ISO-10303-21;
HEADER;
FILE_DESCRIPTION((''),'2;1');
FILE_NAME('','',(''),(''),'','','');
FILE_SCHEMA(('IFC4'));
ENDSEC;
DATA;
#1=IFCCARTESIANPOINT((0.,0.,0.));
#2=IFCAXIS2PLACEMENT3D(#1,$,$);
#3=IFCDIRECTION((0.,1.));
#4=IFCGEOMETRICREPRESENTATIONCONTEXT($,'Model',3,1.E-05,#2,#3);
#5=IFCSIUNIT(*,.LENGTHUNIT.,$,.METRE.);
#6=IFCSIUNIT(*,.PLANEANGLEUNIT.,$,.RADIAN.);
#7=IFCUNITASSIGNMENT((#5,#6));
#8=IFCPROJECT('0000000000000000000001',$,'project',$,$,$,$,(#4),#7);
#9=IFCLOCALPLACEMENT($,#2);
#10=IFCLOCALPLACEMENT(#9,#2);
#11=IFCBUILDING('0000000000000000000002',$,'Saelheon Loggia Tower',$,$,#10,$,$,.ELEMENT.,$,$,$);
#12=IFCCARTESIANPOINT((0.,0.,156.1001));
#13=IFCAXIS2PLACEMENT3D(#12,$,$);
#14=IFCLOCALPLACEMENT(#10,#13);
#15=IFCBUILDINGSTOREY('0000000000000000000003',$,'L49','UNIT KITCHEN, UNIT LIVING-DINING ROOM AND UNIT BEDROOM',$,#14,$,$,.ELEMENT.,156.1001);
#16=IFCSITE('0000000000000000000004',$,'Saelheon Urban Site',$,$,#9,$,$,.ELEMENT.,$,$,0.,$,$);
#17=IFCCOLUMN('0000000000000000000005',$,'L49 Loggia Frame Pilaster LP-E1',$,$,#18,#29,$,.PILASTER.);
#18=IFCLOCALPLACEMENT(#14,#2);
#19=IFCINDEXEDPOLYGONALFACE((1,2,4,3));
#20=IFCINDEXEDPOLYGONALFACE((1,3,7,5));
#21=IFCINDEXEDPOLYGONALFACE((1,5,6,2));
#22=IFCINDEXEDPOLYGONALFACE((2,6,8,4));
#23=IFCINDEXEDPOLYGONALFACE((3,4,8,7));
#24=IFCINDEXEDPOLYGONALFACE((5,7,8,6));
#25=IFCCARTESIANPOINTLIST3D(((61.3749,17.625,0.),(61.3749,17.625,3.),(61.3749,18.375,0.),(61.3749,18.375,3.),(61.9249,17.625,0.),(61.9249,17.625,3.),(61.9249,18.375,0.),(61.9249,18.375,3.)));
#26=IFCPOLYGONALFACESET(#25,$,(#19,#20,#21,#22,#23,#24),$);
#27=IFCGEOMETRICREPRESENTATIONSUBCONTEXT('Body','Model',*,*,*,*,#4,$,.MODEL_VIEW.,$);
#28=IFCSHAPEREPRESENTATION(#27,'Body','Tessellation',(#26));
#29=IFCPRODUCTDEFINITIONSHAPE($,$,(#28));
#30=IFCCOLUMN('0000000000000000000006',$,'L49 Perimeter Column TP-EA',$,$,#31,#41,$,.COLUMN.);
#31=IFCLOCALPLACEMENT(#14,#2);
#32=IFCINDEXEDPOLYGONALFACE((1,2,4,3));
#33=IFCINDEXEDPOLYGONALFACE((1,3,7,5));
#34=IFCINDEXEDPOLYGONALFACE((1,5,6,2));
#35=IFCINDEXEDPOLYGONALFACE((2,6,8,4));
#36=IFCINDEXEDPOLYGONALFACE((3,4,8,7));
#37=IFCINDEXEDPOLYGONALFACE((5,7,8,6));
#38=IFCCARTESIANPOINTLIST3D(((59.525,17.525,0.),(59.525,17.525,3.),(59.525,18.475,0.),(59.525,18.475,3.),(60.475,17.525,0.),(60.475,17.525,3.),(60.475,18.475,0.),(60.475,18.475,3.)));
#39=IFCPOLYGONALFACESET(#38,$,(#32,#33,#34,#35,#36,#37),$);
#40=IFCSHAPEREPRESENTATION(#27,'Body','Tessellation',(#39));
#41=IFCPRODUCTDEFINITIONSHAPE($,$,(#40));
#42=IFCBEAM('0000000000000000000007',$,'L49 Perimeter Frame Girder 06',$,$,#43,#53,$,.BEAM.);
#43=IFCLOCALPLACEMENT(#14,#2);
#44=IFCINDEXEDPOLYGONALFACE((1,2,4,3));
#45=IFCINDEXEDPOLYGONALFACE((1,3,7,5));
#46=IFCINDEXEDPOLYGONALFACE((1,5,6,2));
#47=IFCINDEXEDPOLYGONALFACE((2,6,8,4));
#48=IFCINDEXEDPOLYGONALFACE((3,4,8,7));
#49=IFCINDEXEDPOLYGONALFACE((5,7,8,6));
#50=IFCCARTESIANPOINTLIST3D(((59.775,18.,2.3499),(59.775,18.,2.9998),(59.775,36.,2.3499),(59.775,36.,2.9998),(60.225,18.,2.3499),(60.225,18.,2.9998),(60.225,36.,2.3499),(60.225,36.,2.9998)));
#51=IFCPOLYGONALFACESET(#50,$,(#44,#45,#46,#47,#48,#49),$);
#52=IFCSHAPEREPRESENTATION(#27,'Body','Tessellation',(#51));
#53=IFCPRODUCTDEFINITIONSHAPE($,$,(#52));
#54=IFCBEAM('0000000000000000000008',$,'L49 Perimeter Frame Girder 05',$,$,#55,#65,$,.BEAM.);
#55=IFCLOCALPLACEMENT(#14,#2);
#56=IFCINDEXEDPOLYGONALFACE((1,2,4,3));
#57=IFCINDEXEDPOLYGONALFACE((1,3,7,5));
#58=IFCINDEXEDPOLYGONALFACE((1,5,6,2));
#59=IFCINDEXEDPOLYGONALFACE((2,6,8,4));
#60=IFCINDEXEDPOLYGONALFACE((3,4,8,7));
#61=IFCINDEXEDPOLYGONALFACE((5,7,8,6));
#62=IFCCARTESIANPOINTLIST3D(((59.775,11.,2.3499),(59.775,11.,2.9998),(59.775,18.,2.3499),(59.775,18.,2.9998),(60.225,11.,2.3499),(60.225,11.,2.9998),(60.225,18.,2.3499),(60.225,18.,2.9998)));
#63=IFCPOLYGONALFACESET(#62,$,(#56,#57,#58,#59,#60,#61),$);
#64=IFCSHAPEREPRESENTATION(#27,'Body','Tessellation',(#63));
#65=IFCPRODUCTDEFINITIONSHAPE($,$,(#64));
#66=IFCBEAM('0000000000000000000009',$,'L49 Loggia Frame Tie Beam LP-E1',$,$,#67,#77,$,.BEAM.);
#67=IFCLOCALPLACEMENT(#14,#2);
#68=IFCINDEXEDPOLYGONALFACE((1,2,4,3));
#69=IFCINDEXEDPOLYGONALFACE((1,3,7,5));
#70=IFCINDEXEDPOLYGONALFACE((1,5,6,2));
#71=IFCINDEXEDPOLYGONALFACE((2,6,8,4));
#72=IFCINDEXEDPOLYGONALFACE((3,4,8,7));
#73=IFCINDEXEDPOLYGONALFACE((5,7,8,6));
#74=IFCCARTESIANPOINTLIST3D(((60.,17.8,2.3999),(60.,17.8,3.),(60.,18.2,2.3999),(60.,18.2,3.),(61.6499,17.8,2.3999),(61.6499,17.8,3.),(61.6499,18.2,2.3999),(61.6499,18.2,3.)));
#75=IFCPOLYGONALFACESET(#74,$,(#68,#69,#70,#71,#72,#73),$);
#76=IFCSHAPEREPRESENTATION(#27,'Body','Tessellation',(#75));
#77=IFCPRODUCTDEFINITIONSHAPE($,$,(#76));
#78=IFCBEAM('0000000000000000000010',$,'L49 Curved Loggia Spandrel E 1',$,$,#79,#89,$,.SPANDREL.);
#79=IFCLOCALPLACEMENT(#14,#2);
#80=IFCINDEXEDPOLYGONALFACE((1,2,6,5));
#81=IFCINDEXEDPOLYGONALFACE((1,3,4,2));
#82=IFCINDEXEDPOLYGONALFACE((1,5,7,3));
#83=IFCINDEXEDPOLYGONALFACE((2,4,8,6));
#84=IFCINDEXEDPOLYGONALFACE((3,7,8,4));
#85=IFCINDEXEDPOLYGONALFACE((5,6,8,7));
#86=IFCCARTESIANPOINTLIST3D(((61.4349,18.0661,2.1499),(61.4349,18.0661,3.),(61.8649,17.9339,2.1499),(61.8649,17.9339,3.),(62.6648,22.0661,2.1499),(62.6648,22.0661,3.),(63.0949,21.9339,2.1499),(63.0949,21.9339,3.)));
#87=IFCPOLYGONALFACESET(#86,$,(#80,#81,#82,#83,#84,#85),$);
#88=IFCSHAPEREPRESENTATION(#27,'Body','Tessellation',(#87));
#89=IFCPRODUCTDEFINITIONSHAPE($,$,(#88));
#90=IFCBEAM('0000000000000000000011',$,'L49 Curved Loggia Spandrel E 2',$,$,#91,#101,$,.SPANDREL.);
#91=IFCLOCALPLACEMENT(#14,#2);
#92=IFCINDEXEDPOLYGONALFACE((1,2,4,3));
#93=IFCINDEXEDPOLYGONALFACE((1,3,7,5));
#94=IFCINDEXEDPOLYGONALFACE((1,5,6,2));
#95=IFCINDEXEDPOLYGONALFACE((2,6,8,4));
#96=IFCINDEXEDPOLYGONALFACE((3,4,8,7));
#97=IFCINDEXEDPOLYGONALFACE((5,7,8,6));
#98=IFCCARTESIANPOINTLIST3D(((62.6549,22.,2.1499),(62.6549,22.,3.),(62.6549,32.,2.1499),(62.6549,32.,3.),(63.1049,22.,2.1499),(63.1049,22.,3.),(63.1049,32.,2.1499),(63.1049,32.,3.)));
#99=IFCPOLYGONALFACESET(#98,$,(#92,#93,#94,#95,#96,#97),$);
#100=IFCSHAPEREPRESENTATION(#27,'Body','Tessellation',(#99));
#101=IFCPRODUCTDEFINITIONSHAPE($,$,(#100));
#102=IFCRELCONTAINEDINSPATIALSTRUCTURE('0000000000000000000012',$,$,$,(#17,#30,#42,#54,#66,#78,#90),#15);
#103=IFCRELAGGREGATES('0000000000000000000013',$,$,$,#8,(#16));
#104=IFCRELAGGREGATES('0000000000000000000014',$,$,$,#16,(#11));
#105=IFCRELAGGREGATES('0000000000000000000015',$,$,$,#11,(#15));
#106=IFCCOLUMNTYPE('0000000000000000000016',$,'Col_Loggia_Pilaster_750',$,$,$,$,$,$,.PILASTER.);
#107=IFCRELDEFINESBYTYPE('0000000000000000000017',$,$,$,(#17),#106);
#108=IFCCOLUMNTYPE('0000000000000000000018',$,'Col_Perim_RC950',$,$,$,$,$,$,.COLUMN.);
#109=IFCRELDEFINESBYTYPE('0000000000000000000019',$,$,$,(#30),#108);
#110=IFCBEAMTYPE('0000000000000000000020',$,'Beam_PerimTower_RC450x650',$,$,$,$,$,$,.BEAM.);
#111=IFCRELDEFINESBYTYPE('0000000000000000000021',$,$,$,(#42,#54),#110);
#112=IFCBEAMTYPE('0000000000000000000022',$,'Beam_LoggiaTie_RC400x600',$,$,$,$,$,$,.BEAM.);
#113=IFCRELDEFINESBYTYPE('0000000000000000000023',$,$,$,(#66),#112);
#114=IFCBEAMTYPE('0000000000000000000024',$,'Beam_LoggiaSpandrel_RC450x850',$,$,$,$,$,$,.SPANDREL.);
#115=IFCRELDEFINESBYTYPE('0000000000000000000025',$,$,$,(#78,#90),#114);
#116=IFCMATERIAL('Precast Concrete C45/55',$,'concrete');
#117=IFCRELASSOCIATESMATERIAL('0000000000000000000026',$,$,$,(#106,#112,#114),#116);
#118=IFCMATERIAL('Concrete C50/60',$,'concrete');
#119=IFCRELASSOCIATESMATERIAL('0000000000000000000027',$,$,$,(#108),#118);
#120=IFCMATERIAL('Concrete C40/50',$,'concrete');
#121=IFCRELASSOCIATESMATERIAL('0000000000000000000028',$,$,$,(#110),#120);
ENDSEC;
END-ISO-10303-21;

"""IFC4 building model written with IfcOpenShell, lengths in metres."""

from ifc_helpers import new_model, si_unit, direction, frame, origin, origin_2d, place, context, subcontext, project, spatial, rectangle, extrude, source, transform, mapped, material, material_profile, profile_set, type_object, element, save


model = new_model("IFC4")

# Units and contexts
model_context = context("Model", 3, precision=1e-05, world=origin(), true_north=direction((0.0, 1.0)))
body_context = subcontext(model_context, "Body", "Model", "MODEL_VIEW")
ifc_project = project(units=[si_unit("LENGTHUNIT", "METRE"), si_unit("PLANEANGLEUNIT", "RADIAN")], contexts=[model_context])

# Site, building, storey
site_placement = place(None, origin())
site = spatial("IfcSite", under=ifc_project, at=site_placement, Name="Saelheon Urban Site", CompositionType="ELEMENT", RefElevation=0.0)
building_placement = place(site_placement, origin())
building = spatial("IfcBuilding", under=site, at=building_placement, Name="Saelheon Loggia Tower", CompositionType="ELEMENT")
storey_placement = place(building_placement, frame((0.0, 0.0, 156.1001)))
storey = spatial("IfcBuildingStorey", under=building, at=storey_placement, Name="L49", Description="UNIT KITCHEN, UNIT LIVING-DINING ROOM AND UNIT BEDROOM", CompositionType="ELEMENT", Elevation=156.1001)

# Columns
ifc_material_1 = material(Name="Precast Concrete C45/55", Category="concrete")
ifc_material_profile_1 = material_profile(ifc_material_1, rectangle(XDim=0.55, YDim=0.75, at=origin_2d()), Name="RC-550x750")
ifc_profile_set_1 = profile_set([ifc_material_profile_1], Name="Precast Concrete C45/55")
column_type_1 = type_object("IfcColumnType", Name="Col_Loggia_Pilaster_750", PredefinedType="PILASTER", material=ifc_profile_set_1)
shared_shape_1 = source(origin(), body_context, "Body", "SweptSolid", [
    extrude(rectangle(XDim=0.55, YDim=0.75, at=origin_2d()), origin(), (0.0, 0.0, 1.0), 3.0),
])
column_1_placement = place(storey_placement, frame((61.6499, 18.0, 0.0), z_axis=(0.0, 0.0, 1.0), x_axis=(1.0, 0.0, 0.0)))
element("IfcColumn", 1, at=column_1_placement, inside=storey, type_object=column_type_1, Name="L49 Loggia Frame Pilaster LP-E1", PredefinedType="PILASTER", context=body_context, shape_type="MappedRepresentation", body=[
    mapped(shared_shape_1, transform((0.0, 0.0, 0.0), scale=1.0)),
])
ifc_material_2 = material(Name="Concrete C50/60", Category="concrete")
ifc_material_profile_2 = material_profile(ifc_material_2, rectangle(XDim=0.95, YDim=0.95, at=origin_2d()), Name="RC-950x950")
ifc_profile_set_2 = profile_set([ifc_material_profile_2], Name="Concrete C50/60")
column_type_2 = type_object("IfcColumnType", Name="Col_Perim_RC950", PredefinedType="COLUMN", material=ifc_profile_set_2)
shared_shape_2 = source(origin(), body_context, "Body", "SweptSolid", [
    extrude(rectangle(XDim=0.95, YDim=0.95, at=origin_2d()), origin(), (0.0, 0.0, 1.0), 3.0),
])
column_2_placement = place(storey_placement, frame((60.0, 18.0, 0.0), z_axis=(0.0, 0.0, 1.0), x_axis=(1.0, 0.0, 0.0)))
element("IfcColumn", 2, at=column_2_placement, inside=storey, type_object=column_type_2, Name="L49 Perimeter Column TP-EA", PredefinedType="COLUMN", context=body_context, shape_type="MappedRepresentation", body=[
    mapped(shared_shape_2, transform((0.0, 0.0, 0.0), scale=1.0)),
])

# Beams
ifc_material_3 = material(Name="Concrete C40/50", Category="concrete")
ifc_material_profile_3 = material_profile(ifc_material_3, rectangle(XDim=0.45, YDim=0.6499, at=origin_2d()), Name="RC-450x650")
ifc_profile_set_3 = profile_set([ifc_material_profile_3], Name="Concrete C40/50")
beam_type_1 = type_object("IfcBeamType", Name="Beam_PerimTower_RC450x650", PredefinedType="BEAM", material=ifc_profile_set_3)
shared_shape_3 = source(origin(), body_context, "Body", "SweptSolid", [
    extrude(rectangle(XDim=0.45, YDim=0.6499, at=origin_2d()), origin(), (0.0, 0.0, 1.0), 18.0),
])
beam_1_placement = place(storey_placement, frame((60.0, 18.0, 2.6748), z_axis=(0.0, 1.0, 0.0), x_axis=(-1.0, 0.0, 0.0)))
element("IfcBeam", 3, at=beam_1_placement, inside=storey, type_object=beam_type_1, Name="L49 Perimeter Frame Girder 06", PredefinedType="BEAM", context=body_context, shape_type="MappedRepresentation", body=[
    mapped(shared_shape_3, transform((0.0, 0.0, 0.0), scale=1.0)),
])
shared_shape_4 = source(origin(), body_context, "Body", "SweptSolid", [
    extrude(rectangle(XDim=0.45, YDim=0.6499, at=origin_2d()), origin(), (0.0, 0.0, 1.0), 7.0),
])
beam_2_placement = place(storey_placement, frame((60.0, 11.0, 2.6748), z_axis=(0.0, 1.0, 0.0), x_axis=(-1.0, 0.0, 0.0)))
element("IfcBeam", 4, at=beam_2_placement, inside=storey, type_object=beam_type_1, Name="L49 Perimeter Frame Girder 05", PredefinedType="BEAM", context=body_context, shape_type="MappedRepresentation", body=[
    mapped(shared_shape_4, transform((0.0, 0.0, 0.0), scale=1.0)),
])
ifc_material_profile_4 = material_profile(ifc_material_1, rectangle(XDim=0.3999, YDim=0.6001, at=origin_2d()), Name="RC-400x600")
ifc_profile_set_4 = profile_set([ifc_material_profile_4], Name="Precast Concrete C45/55")
beam_type_2 = type_object("IfcBeamType", Name="Beam_LoggiaTie_RC400x600", PredefinedType="BEAM", material=ifc_profile_set_4)
shared_shape_5 = source(origin(), body_context, "Body", "SweptSolid", [
    extrude(rectangle(XDim=0.3999, YDim=0.6001, at=origin_2d()), origin(), (0.0, 0.0, 1.0), 1.6499),
])
beam_3_placement = place(storey_placement, frame((60.0, 18.0, 2.7), z_axis=(1.0, 0.0, 0.0), x_axis=(0.0, 1.0, 0.0)))
element("IfcBeam", 5, at=beam_3_placement, inside=storey, type_object=beam_type_2, Name="L49 Loggia Frame Tie Beam LP-E1", PredefinedType="BEAM", context=body_context, shape_type="MappedRepresentation", body=[
    mapped(shared_shape_5, transform((0.0, 0.0, 0.0), scale=1.0)),
])
ifc_material_profile_5 = material_profile(ifc_material_1, rectangle(XDim=0.45, YDim=0.8501, at=origin_2d()), Name="RC-450x850")
ifc_profile_set_5 = profile_set([ifc_material_profile_5], Name="Precast Concrete C45/55")
beam_type_3 = type_object("IfcBeamType", Name="Beam_LoggiaSpandrel_RC450x850", PredefinedType="SPANDREL", material=ifc_profile_set_5)
shared_shape_6 = source(origin(), body_context, "Body", "SweptSolid", [
    extrude(rectangle(XDim=0.45, YDim=0.8501, at=origin_2d()), origin(), (0.0, 0.0, 1.0), 4.1848),
])
beam_4_placement = place(storey_placement, frame((61.6499, 18.0, 2.575), z_axis=(0.293914, 0.955832, 0.0), x_axis=(-0.955832, 0.293914, 0.0)))
element("IfcBeam", 6, at=beam_4_placement, inside=storey, type_object=beam_type_3, Name="L49 Curved Loggia Spandrel E 1", PredefinedType="SPANDREL", context=body_context, shape_type="MappedRepresentation", body=[
    mapped(shared_shape_6, transform((0.0, 0.0, 0.0), scale=1.0)),
])
shared_shape_7 = source(origin(), body_context, "Body", "SweptSolid", [
    extrude(rectangle(XDim=0.45, YDim=0.8501, at=origin_2d()), origin(), (0.0, 0.0, 1.0), 10.0),
])
beam_5_placement = place(storey_placement, frame((62.8799, 22.0, 2.575), z_axis=(0.0, 1.0, 0.0), x_axis=(-1.0, 0.0, 0.0)))
element("IfcBeam", 7, at=beam_5_placement, inside=storey, type_object=beam_type_3, Name="L49 Curved Loggia Spandrel E 2", PredefinedType="SPANDREL", context=body_context, shape_type="MappedRepresentation", body=[
    mapped(shared_shape_7, transform((0.0, 0.0, 0.0), scale=1.0)),
])

save(model, "model.ifc")
